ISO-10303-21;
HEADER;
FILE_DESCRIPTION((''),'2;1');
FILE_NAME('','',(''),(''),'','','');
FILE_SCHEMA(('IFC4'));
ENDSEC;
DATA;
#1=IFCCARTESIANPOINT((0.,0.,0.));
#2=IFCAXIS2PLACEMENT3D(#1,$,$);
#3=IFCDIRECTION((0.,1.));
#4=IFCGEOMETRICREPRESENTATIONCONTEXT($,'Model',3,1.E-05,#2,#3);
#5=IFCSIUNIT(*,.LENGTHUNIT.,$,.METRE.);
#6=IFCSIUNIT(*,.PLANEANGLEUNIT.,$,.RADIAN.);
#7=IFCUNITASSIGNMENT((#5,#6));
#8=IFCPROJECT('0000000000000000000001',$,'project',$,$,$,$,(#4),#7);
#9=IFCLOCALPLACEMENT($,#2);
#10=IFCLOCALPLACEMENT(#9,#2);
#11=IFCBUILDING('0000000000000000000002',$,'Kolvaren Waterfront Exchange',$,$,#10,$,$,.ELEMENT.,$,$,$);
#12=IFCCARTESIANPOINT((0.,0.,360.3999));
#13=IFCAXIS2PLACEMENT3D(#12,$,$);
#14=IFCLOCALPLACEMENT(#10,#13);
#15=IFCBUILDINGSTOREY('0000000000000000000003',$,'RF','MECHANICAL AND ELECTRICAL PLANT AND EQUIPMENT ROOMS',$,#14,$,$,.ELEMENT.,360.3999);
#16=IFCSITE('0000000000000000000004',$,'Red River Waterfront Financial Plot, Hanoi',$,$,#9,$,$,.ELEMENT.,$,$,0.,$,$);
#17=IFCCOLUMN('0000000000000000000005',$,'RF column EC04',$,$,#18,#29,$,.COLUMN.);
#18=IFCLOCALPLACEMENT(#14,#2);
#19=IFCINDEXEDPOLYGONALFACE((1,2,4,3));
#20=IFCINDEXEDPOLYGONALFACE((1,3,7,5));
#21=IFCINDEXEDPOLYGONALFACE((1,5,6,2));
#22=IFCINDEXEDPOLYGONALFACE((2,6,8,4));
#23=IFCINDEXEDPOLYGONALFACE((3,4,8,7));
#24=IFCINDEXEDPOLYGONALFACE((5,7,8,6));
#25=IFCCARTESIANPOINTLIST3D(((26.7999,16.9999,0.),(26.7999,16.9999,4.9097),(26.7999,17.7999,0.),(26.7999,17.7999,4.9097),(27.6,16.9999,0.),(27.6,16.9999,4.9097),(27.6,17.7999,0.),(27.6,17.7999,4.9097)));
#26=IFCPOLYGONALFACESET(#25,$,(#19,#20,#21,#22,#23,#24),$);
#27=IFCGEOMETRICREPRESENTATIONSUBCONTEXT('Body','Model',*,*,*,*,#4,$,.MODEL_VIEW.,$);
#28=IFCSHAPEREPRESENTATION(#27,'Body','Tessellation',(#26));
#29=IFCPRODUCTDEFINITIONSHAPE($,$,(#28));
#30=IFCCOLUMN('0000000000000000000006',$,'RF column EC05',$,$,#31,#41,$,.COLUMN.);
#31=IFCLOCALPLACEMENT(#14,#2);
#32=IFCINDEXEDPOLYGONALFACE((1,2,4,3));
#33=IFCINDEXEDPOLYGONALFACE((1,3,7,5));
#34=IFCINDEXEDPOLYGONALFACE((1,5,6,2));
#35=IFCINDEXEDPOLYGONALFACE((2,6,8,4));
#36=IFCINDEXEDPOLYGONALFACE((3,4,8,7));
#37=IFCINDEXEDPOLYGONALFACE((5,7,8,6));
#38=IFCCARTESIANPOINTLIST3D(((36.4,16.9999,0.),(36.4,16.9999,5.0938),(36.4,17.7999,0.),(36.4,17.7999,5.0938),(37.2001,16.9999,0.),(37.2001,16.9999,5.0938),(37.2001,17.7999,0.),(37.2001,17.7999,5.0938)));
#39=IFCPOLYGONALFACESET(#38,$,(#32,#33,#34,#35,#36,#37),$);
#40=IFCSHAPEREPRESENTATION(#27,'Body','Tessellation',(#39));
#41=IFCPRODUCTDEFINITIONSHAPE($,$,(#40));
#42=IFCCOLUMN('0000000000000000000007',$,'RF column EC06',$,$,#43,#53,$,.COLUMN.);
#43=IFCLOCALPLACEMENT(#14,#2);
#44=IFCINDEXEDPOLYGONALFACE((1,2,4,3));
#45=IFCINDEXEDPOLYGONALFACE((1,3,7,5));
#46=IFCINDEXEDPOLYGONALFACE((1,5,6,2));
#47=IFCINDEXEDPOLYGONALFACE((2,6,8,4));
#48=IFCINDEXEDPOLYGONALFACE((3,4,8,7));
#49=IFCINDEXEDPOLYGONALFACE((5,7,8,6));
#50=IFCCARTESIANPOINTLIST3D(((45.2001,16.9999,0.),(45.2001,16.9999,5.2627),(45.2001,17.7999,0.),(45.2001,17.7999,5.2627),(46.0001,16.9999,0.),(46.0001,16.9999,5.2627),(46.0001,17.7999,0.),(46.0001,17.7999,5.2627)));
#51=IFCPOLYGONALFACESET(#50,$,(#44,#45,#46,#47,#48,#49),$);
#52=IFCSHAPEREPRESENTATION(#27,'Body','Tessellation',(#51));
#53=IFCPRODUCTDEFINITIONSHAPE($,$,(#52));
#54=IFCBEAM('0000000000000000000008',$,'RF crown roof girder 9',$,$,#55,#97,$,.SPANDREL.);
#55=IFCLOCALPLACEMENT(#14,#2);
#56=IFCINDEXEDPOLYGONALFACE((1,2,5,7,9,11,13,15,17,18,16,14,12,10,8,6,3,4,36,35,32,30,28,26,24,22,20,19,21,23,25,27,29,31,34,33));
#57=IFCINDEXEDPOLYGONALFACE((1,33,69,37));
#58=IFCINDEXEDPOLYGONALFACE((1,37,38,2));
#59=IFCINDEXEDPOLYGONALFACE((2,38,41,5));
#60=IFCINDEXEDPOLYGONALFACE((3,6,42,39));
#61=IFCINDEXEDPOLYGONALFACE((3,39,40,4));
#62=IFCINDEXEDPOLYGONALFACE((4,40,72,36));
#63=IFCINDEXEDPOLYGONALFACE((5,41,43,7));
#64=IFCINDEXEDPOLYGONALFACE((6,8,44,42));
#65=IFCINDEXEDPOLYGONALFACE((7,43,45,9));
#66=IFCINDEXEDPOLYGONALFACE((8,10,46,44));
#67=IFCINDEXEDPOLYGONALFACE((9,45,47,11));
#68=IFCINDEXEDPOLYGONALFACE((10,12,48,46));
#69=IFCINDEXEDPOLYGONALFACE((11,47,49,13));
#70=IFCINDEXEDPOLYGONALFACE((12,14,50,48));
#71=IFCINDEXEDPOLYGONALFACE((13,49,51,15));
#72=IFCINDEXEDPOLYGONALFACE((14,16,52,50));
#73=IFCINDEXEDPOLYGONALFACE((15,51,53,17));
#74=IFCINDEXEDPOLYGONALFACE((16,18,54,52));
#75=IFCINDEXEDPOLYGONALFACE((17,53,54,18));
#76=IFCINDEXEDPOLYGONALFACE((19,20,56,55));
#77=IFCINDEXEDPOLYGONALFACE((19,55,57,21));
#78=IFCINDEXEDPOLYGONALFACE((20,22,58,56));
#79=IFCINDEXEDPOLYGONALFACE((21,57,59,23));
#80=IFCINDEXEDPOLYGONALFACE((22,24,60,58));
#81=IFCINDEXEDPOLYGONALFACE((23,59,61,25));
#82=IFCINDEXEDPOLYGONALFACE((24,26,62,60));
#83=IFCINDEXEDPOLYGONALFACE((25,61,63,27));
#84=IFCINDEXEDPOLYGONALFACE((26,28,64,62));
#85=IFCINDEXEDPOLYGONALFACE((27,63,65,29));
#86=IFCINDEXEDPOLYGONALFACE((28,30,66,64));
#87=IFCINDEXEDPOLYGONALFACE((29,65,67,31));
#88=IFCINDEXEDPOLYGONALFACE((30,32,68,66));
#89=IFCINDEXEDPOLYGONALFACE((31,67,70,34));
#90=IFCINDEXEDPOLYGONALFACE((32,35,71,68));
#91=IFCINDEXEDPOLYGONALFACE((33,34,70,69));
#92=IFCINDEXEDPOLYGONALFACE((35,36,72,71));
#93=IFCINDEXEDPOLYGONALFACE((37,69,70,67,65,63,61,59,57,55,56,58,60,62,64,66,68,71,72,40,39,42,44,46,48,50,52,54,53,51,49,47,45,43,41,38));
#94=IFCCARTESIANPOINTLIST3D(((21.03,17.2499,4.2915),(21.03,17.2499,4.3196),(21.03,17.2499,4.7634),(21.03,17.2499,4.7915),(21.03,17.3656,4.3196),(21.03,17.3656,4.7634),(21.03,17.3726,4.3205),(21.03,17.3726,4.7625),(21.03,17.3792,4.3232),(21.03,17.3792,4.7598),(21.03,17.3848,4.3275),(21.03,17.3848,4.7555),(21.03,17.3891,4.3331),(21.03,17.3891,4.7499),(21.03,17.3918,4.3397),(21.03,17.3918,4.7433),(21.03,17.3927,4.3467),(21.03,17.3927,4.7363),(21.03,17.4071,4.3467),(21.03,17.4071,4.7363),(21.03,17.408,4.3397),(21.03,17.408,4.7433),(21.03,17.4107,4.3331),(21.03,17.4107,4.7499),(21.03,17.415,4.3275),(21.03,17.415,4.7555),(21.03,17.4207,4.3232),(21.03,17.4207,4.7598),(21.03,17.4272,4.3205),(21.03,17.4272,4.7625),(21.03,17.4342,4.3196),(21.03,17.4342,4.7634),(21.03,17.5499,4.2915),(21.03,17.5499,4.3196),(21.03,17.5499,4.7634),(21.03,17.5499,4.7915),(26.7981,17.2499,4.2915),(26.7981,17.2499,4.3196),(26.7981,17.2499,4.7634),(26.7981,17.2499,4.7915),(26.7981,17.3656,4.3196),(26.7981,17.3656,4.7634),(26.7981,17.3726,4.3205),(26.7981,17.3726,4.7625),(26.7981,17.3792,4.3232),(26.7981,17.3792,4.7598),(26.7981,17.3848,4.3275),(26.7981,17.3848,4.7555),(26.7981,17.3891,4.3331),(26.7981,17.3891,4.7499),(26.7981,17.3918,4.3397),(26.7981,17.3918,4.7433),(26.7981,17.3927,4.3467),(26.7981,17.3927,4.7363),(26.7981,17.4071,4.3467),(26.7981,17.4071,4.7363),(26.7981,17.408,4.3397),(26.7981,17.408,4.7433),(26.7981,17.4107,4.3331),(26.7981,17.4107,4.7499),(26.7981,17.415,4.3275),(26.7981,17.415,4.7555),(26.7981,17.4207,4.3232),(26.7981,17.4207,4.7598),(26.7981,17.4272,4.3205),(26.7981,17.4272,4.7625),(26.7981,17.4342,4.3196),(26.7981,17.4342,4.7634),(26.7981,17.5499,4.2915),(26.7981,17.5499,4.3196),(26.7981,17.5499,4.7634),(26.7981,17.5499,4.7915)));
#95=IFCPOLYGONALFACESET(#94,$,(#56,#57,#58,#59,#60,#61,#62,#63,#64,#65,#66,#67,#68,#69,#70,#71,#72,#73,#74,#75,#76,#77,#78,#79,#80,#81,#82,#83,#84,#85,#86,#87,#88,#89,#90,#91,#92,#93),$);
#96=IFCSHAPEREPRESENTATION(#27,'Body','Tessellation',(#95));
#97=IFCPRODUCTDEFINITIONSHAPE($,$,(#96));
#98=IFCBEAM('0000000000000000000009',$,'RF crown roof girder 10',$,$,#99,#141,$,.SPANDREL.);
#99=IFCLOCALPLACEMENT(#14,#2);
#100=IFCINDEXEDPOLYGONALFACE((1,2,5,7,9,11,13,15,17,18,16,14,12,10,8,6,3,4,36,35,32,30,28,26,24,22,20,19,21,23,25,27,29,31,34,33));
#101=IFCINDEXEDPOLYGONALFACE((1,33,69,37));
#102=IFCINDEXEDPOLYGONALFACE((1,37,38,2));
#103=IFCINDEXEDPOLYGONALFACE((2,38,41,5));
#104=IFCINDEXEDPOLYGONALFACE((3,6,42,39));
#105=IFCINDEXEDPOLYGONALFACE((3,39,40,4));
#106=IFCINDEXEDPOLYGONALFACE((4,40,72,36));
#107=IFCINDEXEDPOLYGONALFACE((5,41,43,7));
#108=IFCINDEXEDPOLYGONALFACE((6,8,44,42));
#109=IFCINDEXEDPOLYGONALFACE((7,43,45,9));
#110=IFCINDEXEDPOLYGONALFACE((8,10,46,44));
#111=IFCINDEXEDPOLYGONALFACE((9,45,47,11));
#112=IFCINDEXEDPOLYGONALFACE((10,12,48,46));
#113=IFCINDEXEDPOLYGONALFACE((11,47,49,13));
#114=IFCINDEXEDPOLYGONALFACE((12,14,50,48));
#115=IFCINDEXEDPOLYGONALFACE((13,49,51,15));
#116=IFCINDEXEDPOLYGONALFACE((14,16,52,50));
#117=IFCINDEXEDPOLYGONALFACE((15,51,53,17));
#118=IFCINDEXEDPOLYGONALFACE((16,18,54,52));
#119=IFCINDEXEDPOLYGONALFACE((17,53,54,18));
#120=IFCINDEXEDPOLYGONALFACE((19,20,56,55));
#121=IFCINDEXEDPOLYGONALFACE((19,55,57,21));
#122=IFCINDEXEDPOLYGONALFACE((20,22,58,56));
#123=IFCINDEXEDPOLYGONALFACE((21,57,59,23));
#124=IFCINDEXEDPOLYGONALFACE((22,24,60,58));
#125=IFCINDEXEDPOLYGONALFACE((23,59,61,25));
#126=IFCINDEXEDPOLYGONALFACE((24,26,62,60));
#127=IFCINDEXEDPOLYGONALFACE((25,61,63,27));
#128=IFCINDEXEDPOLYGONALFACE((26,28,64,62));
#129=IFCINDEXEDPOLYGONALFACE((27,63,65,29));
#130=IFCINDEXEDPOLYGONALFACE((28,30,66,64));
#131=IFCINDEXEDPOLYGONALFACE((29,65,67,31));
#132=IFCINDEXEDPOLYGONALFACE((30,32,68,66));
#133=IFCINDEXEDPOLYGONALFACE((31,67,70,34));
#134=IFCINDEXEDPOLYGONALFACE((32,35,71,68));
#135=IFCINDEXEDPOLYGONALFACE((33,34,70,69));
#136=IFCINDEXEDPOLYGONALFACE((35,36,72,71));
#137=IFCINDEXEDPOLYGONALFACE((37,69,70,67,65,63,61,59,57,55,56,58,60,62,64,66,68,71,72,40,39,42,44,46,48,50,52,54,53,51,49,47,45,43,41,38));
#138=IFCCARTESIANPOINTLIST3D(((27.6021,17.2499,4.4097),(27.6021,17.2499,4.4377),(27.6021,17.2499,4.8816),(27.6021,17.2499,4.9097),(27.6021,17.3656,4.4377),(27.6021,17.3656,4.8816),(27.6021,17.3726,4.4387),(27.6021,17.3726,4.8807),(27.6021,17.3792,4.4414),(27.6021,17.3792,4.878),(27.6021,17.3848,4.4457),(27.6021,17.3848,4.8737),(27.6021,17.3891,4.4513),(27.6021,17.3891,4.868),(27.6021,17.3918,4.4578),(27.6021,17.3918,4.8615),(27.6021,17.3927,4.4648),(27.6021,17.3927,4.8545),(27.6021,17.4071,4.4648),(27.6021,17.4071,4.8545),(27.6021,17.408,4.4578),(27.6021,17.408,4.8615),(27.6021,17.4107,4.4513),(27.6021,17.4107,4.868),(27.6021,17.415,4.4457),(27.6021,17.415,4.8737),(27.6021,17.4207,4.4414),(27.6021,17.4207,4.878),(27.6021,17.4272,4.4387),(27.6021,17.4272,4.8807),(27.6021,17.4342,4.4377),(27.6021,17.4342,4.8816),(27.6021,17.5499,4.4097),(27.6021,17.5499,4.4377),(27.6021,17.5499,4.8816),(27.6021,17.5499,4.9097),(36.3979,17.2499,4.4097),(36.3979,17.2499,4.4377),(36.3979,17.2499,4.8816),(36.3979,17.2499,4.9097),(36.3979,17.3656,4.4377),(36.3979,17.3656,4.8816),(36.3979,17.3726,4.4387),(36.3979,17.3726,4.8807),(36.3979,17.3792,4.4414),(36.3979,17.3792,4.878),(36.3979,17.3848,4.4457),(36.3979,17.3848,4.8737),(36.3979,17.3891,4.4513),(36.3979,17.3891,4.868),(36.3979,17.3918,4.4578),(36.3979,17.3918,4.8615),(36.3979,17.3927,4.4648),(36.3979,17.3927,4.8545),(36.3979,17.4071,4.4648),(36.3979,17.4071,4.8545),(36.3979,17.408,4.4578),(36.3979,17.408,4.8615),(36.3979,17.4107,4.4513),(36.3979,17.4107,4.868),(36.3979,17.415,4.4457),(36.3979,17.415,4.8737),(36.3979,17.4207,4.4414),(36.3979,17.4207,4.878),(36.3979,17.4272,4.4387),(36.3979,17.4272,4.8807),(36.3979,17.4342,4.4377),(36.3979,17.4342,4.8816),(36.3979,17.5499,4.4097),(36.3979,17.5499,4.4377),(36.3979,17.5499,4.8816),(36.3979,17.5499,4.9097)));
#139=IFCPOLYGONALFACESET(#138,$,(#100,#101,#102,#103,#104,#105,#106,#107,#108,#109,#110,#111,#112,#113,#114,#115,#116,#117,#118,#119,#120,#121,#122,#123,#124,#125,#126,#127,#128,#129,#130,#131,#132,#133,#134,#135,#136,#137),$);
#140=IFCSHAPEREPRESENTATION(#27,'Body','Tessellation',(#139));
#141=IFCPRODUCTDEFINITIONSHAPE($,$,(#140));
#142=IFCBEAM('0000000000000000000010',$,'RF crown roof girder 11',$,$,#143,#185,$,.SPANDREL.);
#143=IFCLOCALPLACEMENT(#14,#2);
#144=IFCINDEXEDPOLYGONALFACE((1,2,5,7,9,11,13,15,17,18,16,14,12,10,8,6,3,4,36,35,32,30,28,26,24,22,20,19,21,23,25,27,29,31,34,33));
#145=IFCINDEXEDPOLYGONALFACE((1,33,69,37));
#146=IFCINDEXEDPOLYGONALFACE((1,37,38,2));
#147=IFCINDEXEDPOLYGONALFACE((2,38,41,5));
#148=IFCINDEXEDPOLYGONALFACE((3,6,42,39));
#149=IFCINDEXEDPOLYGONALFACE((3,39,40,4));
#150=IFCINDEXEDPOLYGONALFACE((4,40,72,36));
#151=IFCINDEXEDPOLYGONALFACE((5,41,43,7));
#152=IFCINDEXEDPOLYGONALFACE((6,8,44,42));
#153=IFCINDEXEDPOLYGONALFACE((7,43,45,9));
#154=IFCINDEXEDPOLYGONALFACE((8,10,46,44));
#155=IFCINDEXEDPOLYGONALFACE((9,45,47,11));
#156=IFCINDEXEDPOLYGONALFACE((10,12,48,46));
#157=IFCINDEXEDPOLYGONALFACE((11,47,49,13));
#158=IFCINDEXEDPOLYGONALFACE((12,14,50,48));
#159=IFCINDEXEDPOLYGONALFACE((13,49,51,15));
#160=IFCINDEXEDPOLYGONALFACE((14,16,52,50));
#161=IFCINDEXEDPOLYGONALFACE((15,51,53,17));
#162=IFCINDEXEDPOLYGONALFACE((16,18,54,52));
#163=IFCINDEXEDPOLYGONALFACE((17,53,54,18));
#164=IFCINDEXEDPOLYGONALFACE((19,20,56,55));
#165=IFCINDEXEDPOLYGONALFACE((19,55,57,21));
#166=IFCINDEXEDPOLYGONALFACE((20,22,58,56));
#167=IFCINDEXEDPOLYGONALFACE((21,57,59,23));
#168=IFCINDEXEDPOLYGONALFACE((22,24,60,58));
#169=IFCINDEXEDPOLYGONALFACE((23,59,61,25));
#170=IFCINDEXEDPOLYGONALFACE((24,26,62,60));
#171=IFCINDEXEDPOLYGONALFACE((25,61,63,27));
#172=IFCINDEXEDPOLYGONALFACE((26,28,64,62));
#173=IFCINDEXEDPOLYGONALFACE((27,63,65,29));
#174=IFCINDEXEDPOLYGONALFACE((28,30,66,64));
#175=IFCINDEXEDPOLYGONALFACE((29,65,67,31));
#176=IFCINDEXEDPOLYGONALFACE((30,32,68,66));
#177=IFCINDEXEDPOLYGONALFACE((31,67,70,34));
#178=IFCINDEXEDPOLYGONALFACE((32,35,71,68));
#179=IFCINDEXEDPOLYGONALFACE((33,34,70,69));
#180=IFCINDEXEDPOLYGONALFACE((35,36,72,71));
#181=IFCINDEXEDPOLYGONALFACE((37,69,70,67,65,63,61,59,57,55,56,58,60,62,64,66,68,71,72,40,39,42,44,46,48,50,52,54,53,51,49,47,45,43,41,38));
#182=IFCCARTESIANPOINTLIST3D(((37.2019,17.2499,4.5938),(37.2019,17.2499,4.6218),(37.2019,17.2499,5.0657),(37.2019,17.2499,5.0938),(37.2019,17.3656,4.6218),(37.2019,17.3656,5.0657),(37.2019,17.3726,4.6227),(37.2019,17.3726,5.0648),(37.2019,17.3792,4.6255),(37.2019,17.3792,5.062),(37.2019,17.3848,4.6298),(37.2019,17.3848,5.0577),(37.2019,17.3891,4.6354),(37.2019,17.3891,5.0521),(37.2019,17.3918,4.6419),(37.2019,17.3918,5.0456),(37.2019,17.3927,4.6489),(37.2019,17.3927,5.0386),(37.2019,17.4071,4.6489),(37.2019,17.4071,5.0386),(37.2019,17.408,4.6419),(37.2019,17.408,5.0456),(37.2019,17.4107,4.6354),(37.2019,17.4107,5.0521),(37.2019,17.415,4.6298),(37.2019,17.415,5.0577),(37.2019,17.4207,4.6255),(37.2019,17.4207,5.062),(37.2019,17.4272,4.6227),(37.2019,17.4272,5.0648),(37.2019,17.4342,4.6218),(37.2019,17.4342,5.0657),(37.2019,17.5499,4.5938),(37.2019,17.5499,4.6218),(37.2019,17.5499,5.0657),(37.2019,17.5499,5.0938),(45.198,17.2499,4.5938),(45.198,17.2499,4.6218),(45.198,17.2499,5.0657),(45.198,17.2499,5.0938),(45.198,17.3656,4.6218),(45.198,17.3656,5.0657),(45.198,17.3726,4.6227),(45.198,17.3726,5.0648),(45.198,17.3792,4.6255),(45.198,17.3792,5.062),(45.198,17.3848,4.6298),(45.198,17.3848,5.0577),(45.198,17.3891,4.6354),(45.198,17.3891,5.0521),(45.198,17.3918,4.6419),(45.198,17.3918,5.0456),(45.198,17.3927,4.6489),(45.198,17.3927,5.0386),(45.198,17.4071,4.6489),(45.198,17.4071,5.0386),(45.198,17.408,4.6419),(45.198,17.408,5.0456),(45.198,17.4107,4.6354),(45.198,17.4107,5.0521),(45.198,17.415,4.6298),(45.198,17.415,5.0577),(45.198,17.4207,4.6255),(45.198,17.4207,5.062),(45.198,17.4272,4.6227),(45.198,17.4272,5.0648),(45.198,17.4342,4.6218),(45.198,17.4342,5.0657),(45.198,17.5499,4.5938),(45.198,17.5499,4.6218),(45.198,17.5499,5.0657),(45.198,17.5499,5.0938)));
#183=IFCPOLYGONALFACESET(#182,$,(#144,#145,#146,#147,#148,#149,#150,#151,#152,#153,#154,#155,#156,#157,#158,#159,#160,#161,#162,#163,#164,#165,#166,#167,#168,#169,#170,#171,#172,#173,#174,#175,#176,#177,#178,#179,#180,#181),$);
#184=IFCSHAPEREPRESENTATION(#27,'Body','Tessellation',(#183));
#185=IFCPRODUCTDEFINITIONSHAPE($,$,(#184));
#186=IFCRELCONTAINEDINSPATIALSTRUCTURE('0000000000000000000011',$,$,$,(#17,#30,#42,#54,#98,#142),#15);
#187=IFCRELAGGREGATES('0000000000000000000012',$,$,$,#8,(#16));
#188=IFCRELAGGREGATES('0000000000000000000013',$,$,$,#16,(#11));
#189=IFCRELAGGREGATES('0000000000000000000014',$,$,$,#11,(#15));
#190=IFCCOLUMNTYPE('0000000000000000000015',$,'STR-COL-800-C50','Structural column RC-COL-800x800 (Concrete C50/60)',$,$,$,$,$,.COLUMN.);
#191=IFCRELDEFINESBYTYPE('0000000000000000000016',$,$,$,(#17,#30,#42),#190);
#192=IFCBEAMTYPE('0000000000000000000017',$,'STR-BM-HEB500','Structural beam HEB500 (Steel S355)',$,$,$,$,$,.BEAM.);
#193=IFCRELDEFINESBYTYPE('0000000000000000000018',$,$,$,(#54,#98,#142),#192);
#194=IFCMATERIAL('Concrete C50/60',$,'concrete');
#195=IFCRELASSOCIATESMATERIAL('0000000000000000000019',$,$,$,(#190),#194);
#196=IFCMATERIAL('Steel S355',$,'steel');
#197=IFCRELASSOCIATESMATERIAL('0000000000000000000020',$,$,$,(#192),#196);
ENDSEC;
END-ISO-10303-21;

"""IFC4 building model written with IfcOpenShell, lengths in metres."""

from ifc_helpers import new_model, si_unit, direction, frame, origin, origin_2d, place, context, subcontext, project, spatial, rectangle, i_section, extrude, material, material_profile, profile_set, type_object, element, save


model = new_model("IFC4")

# Units and contexts
model_context = context("Model", 3, precision=1e-05, world=origin(), true_north=direction((0.0, 1.0)))
body_context = subcontext(model_context, "Body", "Model", "MODEL_VIEW")
ifc_project = project(units=[si_unit("LENGTHUNIT", "METRE"), si_unit("PLANEANGLEUNIT", "RADIAN")], contexts=[model_context])

# Site, building, storey
site_placement = place(None, origin())
site = spatial("IfcSite", under=ifc_project, at=site_placement, Name="Red River Waterfront Financial Plot, Hanoi", CompositionType="ELEMENT", RefElevation=0.0)
building_placement = place(site_placement, origin())
building = spatial("IfcBuilding", under=site, at=building_placement, Name="Kolvaren Waterfront Exchange", CompositionType="ELEMENT")
storey_placement = place(building_placement, frame((0.0, 0.0, 360.3999)))
storey = spatial("IfcBuildingStorey", under=building, at=storey_placement, Name="RF", Description="MECHANICAL AND ELECTRICAL PLANT AND EQUIPMENT ROOMS", CompositionType="ELEMENT", Elevation=360.3999)

# Columns
ifc_material_1 = material(Name="Concrete C50/60", Category="concrete")
ifc_material_profile_1 = material_profile(ifc_material_1, rectangle(XDim=0.8, YDim=0.8, at=origin_2d()), Name="RC-COL-800x800")
ifc_profile_set_1 = profile_set([ifc_material_profile_1], Name="Concrete C50/60")
column_type = type_object("IfcColumnType", Name="STR-COL-800-C50", Description="Structural column RC-COL-800x800 (Concrete C50/60)", PredefinedType="COLUMN", material=ifc_profile_set_1)
column_1_placement = place(storey_placement, frame((27.2, 17.3999, 0.0), z_axis=(0.0, 0.0, 1.0), x_axis=(1.0, 0.0, 0.0)))
element("IfcColumn", 1, at=column_1_placement, inside=storey, type_object=column_type, Name="RF column EC04", PredefinedType="COLUMN", context=body_context, shape_type="SweptSolid", body=[
    extrude(rectangle(XDim=0.8, YDim=0.8, at=origin_2d()), origin(), (0.0, 0.0, 1.0), 4.9097),
])
column_2_placement = place(storey_placement, frame((36.8, 17.3999, 0.0), z_axis=(0.0, 0.0, 1.0), x_axis=(1.0, 0.0, 0.0)))
element("IfcColumn", 2, at=column_2_placement, inside=storey, type_object=column_type, Name="RF column EC05", PredefinedType="COLUMN", context=body_context, shape_type="SweptSolid", body=[
    extrude(rectangle(XDim=0.8, YDim=0.8, at=origin_2d()), origin(), (0.0, 0.0, 1.0), 5.0938),
])
column_3_placement = place(storey_placement, frame((45.6001, 17.3999, 0.0), z_axis=(0.0, 0.0, 1.0), x_axis=(1.0, 0.0, 0.0)))
element("IfcColumn", 3, at=column_3_placement, inside=storey, type_object=column_type, Name="RF column EC06", PredefinedType="COLUMN", context=body_context, shape_type="SweptSolid", body=[
    extrude(rectangle(XDim=0.8, YDim=0.8, at=origin_2d()), origin(), (0.0, 0.0, 1.0), 5.2627),
])

# Beams
ifc_material_2 = material(Name="Steel S355", Category="steel")
ifc_material_profile_2 = material_profile(ifc_material_2, i_section(OverallWidth=0.3, OverallDepth=0.5, WebThickness=0.0144, FlangeThickness=0.0281, FilletRadius=0.0271, at=origin_2d()), Name="HEB500")
ifc_profile_set_2 = profile_set([ifc_material_profile_2], Name="Steel S355")
beam_type = type_object("IfcBeamType", Name="STR-BM-HEB500", Description="Structural beam HEB500 (Steel S355)", PredefinedType="BEAM", material=ifc_profile_set_2)
beam_1_placement = place(storey_placement, frame((21.03, 17.3999, 4.5415), z_axis=(1.0, 0.0, 0.0), x_axis=(0.0, 1.0, 0.0)))
element("IfcBeam", 4, at=beam_1_placement, inside=storey, type_object=beam_type, Name="RF crown roof girder 9", PredefinedType="SPANDREL", context=body_context, shape_type="SweptSolid", body=[
    extrude(i_section(OverallWidth=0.3, OverallDepth=0.5, WebThickness=0.0144, FlangeThickness=0.0281, FilletRadius=0.0271, at=origin_2d()), origin(), (0.0, 0.0, 1.0), 5.7681),
])
beam_2_placement = place(storey_placement, frame((27.6021, 17.3999, 4.6597), z_axis=(1.0, 0.0, 0.0), x_axis=(0.0, 1.0, 0.0)))
element("IfcBeam", 5, at=beam_2_placement, inside=storey, type_object=beam_type, Name="RF crown roof girder 10", PredefinedType="SPANDREL", context=body_context, shape_type="SweptSolid", body=[
    extrude(i_section(OverallWidth=0.3, OverallDepth=0.5, WebThickness=0.0144, FlangeThickness=0.0281, FilletRadius=0.0271, at=origin_2d()), origin(), (0.0, 0.0, 1.0), 8.7959),
])
beam_3_placement = place(storey_placement, frame((37.2019, 17.3999, 4.8438), z_axis=(1.0, 0.0, 0.0), x_axis=(0.0, 1.0, 0.0)))
element("IfcBeam", 6, at=beam_3_placement, inside=storey, type_object=beam_type, Name="RF crown roof girder 11", PredefinedType="SPANDREL", context=body_context, shape_type="SweptSolid", body=[
    extrude(i_section(OverallWidth=0.3, OverallDepth=0.5, WebThickness=0.0144, FlangeThickness=0.0281, FilletRadius=0.0271, at=origin_2d()), origin(), (0.0, 0.0, 1.0), 7.9961),
])

save(model, "model.ifc")
